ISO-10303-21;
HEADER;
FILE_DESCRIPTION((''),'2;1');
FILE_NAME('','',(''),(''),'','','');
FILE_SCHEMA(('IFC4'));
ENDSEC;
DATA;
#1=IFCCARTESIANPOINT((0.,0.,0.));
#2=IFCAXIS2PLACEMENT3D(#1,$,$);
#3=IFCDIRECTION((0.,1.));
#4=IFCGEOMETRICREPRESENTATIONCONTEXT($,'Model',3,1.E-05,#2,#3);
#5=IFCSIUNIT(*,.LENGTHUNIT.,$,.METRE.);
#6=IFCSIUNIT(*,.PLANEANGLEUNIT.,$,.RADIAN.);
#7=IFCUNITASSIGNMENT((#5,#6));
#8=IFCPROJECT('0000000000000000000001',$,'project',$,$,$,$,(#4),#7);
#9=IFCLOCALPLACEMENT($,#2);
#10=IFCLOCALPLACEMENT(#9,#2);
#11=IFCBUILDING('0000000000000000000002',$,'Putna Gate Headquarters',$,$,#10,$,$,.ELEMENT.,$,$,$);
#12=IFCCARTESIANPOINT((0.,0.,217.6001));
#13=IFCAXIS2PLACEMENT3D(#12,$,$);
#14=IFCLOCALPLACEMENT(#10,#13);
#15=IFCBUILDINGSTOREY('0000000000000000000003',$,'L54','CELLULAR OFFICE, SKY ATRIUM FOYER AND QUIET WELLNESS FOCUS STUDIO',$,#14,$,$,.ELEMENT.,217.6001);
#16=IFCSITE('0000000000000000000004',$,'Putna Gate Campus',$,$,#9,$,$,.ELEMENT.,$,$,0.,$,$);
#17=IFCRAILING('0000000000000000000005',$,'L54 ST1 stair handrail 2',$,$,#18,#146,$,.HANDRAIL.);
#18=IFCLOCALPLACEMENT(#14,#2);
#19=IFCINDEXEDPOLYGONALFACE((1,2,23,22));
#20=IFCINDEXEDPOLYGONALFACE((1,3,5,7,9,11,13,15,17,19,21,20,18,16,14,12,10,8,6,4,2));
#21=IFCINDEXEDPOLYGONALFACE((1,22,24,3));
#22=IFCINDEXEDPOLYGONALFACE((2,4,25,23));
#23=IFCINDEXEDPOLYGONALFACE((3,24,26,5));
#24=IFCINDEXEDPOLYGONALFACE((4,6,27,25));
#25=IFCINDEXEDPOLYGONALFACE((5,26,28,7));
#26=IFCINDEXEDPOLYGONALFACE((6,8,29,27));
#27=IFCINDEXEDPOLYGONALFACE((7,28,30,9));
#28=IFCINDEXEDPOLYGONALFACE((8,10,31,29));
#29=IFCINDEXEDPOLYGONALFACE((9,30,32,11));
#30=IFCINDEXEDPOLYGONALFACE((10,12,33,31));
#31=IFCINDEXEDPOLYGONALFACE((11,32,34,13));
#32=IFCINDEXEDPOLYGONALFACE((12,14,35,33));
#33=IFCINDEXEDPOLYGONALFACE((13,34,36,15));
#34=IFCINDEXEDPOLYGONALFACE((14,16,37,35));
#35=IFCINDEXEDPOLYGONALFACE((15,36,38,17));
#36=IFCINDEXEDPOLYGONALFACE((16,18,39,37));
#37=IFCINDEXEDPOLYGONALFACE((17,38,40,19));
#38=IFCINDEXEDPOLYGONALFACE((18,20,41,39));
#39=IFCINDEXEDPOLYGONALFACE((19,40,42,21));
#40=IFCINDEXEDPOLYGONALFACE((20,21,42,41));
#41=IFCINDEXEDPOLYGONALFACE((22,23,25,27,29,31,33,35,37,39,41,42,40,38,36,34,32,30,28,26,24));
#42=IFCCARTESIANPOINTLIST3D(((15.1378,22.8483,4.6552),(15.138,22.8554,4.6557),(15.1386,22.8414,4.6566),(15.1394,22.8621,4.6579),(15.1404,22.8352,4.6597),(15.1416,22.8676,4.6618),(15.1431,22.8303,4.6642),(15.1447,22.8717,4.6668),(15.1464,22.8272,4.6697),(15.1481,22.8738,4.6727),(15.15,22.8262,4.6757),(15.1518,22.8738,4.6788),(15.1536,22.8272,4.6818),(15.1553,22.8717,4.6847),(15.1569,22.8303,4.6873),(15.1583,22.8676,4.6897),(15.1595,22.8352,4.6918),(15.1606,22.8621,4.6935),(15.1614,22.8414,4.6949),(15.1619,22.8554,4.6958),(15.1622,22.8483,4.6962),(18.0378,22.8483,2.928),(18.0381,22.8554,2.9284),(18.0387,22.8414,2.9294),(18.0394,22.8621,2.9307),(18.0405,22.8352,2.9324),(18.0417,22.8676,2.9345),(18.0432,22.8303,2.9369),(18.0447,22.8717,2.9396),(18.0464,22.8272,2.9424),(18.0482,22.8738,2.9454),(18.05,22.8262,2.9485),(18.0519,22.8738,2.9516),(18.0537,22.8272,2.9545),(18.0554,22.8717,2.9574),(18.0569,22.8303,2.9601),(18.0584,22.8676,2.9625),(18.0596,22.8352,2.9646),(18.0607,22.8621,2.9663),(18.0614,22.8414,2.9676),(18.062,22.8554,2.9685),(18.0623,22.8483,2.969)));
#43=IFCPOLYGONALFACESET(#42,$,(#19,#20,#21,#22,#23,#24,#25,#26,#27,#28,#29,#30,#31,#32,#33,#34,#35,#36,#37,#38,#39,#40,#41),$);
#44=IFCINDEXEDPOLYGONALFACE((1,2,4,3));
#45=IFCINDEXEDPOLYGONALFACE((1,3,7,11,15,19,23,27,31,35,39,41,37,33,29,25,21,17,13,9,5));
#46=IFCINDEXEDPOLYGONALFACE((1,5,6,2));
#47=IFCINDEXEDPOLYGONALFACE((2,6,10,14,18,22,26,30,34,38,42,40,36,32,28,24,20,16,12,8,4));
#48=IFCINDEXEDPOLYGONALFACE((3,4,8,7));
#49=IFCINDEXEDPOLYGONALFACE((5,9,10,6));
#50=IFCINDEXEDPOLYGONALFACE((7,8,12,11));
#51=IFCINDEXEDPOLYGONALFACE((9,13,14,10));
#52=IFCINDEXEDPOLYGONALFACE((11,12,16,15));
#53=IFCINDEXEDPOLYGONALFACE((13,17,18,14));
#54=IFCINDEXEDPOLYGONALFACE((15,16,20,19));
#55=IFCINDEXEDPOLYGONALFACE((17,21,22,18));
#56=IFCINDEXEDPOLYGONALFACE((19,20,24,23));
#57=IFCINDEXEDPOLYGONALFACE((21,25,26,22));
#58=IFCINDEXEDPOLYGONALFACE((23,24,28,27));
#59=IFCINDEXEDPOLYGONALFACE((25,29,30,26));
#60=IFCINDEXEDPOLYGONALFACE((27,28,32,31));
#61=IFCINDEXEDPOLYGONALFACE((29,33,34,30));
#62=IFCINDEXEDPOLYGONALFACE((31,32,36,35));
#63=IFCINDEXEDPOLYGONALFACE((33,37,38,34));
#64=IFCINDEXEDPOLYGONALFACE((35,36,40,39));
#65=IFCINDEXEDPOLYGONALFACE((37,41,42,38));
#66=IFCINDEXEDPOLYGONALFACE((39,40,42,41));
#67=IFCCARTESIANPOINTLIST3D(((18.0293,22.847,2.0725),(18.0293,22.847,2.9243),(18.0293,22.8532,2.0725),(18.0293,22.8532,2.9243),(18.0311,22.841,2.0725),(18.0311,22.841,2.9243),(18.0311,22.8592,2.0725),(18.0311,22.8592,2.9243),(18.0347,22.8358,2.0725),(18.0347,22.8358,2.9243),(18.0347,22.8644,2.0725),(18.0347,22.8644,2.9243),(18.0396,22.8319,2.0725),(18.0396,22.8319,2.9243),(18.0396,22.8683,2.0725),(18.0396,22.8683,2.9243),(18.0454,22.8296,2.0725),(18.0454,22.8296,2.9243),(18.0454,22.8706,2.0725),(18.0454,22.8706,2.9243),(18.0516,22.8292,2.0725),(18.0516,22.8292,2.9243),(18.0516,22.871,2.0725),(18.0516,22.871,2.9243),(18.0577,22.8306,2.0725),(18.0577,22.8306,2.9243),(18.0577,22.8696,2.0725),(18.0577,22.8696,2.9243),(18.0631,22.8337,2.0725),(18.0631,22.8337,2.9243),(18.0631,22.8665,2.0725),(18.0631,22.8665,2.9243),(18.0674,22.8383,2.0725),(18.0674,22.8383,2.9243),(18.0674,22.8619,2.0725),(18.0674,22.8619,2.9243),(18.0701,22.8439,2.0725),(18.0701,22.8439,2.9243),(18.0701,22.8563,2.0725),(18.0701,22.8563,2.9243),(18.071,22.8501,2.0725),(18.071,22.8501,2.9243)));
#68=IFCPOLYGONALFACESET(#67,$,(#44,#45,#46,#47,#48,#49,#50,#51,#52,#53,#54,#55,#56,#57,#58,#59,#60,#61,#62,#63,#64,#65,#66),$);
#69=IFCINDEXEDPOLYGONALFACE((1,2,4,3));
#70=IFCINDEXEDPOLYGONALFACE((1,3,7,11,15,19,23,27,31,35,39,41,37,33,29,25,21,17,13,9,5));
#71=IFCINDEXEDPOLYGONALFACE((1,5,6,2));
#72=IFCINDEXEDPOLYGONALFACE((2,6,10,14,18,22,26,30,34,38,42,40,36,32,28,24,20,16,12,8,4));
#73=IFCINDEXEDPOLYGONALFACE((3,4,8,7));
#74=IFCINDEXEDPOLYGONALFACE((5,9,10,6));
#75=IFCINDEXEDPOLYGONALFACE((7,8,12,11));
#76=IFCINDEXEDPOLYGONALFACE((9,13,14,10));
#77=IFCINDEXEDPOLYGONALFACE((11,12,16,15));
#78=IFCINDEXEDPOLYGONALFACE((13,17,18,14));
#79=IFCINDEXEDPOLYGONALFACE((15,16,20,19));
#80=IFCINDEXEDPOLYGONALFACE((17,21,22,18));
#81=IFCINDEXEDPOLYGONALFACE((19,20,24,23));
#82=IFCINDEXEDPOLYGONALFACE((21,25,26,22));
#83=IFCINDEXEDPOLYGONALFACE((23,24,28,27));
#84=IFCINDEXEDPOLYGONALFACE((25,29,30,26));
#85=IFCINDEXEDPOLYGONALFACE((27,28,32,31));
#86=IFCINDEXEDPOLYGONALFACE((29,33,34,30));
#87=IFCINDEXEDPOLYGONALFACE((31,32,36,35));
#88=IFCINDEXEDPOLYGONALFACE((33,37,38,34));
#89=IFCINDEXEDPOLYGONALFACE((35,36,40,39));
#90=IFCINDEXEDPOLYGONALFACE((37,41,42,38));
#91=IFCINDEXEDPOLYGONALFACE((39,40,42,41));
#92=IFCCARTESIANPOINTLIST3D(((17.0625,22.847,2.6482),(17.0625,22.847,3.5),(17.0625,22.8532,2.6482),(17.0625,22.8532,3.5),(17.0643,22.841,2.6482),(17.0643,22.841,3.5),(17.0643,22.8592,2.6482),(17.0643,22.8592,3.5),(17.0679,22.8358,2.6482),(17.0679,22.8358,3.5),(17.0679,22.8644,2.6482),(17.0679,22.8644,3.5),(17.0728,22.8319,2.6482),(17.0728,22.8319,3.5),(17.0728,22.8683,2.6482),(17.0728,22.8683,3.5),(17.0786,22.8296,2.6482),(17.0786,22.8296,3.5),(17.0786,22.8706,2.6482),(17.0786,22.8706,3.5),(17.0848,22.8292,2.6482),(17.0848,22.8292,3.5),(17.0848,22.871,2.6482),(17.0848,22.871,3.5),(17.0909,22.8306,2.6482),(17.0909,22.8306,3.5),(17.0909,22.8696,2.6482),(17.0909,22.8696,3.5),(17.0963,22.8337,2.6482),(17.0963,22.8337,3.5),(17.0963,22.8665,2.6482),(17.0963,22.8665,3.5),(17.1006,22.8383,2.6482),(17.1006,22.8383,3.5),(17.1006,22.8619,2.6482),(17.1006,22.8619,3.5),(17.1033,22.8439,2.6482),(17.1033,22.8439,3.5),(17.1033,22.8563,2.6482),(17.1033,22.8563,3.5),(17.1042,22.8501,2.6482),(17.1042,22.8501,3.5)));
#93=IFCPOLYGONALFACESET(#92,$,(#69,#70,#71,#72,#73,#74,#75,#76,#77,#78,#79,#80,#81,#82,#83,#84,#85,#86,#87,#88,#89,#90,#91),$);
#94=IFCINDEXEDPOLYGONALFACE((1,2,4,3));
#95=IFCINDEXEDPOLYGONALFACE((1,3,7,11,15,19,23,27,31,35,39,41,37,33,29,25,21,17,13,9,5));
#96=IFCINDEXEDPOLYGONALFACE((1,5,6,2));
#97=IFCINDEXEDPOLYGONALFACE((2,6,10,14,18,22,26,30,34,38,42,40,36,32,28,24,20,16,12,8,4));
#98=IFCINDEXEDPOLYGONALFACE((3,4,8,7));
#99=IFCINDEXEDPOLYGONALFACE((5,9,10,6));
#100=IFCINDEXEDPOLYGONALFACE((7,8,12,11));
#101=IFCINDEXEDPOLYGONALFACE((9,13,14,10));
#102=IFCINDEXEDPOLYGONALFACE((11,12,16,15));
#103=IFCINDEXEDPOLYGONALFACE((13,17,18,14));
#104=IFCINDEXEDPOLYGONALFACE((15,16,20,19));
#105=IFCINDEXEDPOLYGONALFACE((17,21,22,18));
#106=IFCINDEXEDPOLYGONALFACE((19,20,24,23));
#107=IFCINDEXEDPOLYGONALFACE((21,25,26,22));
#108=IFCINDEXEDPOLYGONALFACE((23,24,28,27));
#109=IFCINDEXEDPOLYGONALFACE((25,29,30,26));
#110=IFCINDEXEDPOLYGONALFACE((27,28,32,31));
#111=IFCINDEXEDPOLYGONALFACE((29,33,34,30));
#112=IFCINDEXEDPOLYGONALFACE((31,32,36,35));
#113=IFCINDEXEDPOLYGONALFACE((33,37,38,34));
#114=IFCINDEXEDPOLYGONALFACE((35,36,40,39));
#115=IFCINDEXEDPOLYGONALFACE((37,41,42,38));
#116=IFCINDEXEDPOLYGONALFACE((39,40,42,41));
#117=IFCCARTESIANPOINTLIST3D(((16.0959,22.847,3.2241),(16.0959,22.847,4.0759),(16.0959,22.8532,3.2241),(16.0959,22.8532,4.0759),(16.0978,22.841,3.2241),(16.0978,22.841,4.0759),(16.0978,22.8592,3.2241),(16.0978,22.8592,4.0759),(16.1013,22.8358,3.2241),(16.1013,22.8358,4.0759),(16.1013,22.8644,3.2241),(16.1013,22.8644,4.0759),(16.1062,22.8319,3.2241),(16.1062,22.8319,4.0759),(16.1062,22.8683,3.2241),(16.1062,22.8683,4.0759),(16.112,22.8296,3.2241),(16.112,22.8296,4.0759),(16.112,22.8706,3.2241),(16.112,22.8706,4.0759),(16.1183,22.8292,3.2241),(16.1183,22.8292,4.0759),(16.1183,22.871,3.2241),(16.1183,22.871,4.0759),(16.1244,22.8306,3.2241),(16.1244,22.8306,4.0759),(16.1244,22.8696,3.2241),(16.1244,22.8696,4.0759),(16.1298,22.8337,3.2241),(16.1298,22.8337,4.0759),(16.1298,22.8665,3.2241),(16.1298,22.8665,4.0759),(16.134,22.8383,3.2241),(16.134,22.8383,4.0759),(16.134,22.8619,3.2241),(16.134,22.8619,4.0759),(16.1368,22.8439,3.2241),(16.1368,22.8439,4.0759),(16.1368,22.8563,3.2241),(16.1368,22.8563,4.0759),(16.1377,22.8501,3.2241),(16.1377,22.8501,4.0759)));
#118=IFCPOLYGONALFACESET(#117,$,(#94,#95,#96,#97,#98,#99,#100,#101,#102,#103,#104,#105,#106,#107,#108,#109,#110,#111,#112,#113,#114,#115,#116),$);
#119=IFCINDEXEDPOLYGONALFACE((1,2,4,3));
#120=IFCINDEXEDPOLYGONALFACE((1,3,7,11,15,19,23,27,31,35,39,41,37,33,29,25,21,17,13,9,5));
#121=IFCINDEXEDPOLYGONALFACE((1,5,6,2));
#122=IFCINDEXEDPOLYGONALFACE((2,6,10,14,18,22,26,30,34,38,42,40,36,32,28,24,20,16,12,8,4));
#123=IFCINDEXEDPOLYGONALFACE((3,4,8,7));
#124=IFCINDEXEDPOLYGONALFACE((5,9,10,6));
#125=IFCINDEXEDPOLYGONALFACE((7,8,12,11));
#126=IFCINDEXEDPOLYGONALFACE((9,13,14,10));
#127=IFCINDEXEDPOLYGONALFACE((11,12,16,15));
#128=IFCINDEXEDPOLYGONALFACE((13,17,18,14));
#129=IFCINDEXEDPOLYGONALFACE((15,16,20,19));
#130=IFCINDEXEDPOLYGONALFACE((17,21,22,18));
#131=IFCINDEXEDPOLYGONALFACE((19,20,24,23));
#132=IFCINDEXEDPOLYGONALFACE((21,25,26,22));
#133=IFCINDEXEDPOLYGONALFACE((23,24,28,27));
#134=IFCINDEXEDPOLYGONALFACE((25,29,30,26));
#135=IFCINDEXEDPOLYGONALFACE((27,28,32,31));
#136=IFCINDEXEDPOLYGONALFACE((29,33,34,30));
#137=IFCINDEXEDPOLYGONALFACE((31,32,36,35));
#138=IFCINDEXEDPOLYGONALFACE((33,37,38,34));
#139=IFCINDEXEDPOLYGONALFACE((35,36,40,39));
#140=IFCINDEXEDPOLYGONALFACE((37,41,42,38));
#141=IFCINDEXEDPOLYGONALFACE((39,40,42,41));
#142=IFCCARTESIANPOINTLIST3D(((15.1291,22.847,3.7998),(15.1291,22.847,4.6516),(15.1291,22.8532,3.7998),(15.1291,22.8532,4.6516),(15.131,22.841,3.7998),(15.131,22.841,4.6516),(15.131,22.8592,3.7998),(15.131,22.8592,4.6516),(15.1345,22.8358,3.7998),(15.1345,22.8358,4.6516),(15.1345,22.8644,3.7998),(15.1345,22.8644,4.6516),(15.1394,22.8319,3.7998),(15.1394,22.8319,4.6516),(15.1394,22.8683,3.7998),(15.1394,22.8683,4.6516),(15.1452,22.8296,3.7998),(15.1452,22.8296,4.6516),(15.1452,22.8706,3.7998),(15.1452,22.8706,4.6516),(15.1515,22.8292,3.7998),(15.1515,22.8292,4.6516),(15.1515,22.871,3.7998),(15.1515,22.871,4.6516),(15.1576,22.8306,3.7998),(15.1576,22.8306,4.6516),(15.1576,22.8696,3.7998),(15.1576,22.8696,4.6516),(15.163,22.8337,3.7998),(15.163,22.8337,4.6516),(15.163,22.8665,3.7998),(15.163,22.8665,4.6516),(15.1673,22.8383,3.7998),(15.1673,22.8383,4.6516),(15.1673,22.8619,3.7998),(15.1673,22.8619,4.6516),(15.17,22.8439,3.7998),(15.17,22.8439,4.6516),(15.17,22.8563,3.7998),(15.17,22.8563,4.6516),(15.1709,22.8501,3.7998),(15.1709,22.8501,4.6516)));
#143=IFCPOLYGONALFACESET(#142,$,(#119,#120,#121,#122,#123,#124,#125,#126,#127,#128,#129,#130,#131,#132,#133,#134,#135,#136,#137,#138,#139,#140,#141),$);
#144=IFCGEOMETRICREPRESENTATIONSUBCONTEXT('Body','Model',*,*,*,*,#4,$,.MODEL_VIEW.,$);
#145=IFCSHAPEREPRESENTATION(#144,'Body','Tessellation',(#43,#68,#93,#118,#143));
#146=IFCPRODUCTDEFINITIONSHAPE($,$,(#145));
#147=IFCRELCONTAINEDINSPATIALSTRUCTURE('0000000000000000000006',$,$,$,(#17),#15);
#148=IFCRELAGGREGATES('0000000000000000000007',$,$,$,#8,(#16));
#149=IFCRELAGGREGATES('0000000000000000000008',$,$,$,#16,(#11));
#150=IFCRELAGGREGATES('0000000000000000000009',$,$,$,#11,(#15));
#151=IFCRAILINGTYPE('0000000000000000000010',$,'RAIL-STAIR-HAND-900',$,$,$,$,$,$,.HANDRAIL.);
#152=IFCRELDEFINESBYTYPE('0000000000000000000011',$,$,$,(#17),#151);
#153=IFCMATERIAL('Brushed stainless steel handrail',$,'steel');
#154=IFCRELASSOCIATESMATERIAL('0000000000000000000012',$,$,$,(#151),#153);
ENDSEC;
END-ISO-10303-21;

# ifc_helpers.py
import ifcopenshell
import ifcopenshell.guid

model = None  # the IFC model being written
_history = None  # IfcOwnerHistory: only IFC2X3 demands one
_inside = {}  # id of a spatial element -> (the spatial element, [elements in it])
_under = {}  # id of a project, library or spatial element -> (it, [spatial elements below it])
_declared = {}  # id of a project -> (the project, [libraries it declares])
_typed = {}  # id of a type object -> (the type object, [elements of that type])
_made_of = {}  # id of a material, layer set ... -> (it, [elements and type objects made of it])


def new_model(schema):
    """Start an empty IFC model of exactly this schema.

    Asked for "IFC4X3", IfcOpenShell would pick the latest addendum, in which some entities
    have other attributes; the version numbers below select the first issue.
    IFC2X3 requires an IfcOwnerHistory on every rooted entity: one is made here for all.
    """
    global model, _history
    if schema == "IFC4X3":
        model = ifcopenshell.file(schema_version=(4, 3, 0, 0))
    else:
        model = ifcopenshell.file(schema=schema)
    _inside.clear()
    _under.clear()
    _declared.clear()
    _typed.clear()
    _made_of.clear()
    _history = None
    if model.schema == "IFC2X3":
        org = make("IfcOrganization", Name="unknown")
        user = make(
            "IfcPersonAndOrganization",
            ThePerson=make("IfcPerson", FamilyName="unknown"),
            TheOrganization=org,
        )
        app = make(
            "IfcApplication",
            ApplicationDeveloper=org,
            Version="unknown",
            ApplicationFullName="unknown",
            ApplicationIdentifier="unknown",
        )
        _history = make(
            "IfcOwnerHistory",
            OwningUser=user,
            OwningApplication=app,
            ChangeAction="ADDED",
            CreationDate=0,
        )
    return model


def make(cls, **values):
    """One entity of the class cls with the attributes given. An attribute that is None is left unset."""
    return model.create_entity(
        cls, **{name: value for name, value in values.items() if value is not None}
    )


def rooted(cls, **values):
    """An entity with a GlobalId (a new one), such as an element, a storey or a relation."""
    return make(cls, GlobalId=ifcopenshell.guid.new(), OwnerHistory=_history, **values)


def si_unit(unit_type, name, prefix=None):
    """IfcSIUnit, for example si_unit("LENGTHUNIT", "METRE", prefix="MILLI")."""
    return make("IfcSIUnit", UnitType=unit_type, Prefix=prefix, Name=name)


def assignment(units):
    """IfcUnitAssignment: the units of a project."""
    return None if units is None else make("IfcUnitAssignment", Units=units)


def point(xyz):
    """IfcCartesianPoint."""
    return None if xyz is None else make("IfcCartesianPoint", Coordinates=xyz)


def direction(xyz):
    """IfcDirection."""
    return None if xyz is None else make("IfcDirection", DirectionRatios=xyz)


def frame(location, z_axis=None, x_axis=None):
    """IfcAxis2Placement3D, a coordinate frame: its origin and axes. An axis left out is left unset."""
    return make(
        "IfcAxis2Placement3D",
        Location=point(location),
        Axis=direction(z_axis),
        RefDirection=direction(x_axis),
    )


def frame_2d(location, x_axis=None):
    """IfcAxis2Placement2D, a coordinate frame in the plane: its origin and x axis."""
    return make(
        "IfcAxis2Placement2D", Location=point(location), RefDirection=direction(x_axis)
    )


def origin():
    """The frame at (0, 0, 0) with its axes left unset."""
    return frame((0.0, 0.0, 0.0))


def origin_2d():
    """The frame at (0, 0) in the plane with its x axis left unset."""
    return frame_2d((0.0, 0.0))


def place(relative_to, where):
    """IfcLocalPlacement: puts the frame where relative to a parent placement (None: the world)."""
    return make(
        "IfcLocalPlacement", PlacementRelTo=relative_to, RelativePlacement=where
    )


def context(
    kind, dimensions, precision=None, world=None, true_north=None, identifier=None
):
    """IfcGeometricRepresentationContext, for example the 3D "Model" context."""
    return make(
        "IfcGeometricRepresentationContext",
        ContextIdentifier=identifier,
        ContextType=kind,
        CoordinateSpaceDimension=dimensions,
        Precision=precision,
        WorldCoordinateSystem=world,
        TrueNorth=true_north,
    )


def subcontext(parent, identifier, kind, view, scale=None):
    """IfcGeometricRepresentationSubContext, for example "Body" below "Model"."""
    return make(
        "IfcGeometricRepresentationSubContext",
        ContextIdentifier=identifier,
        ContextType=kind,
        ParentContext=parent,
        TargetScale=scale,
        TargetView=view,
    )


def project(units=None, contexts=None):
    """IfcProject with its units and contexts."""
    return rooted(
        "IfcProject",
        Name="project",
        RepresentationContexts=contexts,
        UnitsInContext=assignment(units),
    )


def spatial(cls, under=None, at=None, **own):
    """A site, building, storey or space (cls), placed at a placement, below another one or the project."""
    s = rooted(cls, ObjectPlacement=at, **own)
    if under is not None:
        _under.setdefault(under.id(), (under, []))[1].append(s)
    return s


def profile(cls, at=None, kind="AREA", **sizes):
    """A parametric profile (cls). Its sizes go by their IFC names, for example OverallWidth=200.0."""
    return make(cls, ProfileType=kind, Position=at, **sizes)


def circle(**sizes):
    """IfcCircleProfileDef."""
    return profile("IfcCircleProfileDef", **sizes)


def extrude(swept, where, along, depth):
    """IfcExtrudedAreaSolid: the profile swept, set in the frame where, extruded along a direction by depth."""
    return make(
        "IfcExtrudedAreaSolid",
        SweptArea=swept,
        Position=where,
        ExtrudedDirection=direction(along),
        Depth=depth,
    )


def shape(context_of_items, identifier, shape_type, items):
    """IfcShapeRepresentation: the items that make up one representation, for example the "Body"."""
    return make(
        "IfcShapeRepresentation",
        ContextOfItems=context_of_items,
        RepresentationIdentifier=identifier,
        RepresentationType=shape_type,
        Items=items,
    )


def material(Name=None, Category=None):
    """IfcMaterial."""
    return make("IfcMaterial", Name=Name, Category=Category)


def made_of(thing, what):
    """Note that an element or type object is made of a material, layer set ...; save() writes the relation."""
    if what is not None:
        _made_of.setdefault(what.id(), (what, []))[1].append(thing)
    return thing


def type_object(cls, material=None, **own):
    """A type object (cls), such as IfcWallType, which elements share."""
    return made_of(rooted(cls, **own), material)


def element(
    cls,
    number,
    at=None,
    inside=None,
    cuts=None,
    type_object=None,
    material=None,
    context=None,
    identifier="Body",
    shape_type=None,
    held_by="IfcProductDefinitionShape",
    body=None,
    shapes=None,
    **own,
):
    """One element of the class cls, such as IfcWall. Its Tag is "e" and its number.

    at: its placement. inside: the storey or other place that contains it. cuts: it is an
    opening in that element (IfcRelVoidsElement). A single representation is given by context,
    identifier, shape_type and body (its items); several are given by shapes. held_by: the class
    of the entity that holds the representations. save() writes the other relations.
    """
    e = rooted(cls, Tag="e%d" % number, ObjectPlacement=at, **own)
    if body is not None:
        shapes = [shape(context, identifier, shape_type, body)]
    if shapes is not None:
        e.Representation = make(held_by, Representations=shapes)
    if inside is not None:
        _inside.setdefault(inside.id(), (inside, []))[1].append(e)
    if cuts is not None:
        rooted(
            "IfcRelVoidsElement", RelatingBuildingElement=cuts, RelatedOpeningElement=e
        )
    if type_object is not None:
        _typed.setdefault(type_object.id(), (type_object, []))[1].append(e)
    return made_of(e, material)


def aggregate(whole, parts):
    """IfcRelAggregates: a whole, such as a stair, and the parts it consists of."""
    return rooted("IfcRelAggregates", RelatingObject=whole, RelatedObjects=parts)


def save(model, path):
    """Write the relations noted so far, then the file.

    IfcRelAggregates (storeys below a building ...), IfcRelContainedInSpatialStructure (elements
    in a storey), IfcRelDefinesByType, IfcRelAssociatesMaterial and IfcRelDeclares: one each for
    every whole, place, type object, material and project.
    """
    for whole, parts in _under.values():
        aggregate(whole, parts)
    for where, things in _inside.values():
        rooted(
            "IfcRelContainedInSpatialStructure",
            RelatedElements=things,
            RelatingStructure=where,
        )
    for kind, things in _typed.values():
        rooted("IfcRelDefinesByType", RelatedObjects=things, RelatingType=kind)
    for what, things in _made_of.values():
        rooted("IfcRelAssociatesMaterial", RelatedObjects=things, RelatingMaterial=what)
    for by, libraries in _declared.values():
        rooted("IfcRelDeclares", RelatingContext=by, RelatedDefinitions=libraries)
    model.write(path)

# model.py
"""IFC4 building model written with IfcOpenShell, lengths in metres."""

from ifc_helpers import new_model, si_unit, direction, frame, origin, origin_2d, place, context, subcontext, project, spatial, circle, extrude, material, type_object, element, save


model = new_model("IFC4")

# Units and contexts
model_context = context("Model", 3, precision=1e-05, world=origin(), true_north=direction((0.0, 1.0)))
body_context = subcontext(model_context, "Body", "Model", "MODEL_VIEW")
ifc_project = project(units=[si_unit("LENGTHUNIT", "METRE"), si_unit("PLANEANGLEUNIT", "RADIAN")], contexts=[model_context])

# Site, building, storey
site_placement = place(None, origin())
site = spatial("IfcSite", under=ifc_project, at=site_placement, Name="Putna Gate Campus", CompositionType="ELEMENT", RefElevation=0.0)
building_placement = place(site_placement, origin())
building = spatial("IfcBuilding", under=site, at=building_placement, Name="Putna Gate Headquarters", CompositionType="ELEMENT")
storey_placement = place(building_placement, frame((0.0, 0.0, 217.6001)))
storey = spatial("IfcBuildingStorey", under=building, at=storey_placement, Name="L54", Description="CELLULAR OFFICE, SKY ATRIUM FOYER AND QUIET WELLNESS FOCUS STUDIO", CompositionType="ELEMENT", Elevation=217.6001)

# Railing
ifc_material_1 = material(Name="Brushed stainless steel handrail", Category="steel")
railing_type_1 = type_object("IfcRailingType", Name="RAIL-STAIR-HAND-900", PredefinedType="HANDRAIL", material=ifc_material_1)
railing_1_placement = place(storey_placement, frame((18.05, 22.8501, 2.0725)))
element("IfcRailing", 1, at=railing_1_placement, inside=storey, type_object=railing_type_1, Name="L54 ST1 stair handrail 2", PredefinedType="HANDRAIL", context=body_context, shape_type="SweptSolid", body=[
    extrude(circle(Radius=0.0239, at=origin_2d()), frame((0.0, 0.0, 0.876), z_axis=(-0.85916, 0.0, 0.511706), x_axis=(0.0, -1.0, 0.0)), (0.0, 0.0, 1.0), 3.3755),
    extrude(circle(Radius=0.021, at=origin_2d()), origin(), (0.0, 0.0, 1.0), 0.8518),
    extrude(circle(Radius=0.021, at=origin_2d()), frame((-0.9668, 0.0, 0.5757)), (0.0, 0.0, 1.0), 0.8518),
    extrude(circle(Radius=0.021, at=origin_2d()), frame((-1.9333, 0.0, 1.1516)), (0.0, 0.0, 1.0), 0.8518),
    extrude(circle(Radius=0.021, at=origin_2d()), frame((-2.9001, 0.0, 1.7273)), (0.0, 0.0, 1.0), 0.8518),
])

save(model, "model.ifc")
